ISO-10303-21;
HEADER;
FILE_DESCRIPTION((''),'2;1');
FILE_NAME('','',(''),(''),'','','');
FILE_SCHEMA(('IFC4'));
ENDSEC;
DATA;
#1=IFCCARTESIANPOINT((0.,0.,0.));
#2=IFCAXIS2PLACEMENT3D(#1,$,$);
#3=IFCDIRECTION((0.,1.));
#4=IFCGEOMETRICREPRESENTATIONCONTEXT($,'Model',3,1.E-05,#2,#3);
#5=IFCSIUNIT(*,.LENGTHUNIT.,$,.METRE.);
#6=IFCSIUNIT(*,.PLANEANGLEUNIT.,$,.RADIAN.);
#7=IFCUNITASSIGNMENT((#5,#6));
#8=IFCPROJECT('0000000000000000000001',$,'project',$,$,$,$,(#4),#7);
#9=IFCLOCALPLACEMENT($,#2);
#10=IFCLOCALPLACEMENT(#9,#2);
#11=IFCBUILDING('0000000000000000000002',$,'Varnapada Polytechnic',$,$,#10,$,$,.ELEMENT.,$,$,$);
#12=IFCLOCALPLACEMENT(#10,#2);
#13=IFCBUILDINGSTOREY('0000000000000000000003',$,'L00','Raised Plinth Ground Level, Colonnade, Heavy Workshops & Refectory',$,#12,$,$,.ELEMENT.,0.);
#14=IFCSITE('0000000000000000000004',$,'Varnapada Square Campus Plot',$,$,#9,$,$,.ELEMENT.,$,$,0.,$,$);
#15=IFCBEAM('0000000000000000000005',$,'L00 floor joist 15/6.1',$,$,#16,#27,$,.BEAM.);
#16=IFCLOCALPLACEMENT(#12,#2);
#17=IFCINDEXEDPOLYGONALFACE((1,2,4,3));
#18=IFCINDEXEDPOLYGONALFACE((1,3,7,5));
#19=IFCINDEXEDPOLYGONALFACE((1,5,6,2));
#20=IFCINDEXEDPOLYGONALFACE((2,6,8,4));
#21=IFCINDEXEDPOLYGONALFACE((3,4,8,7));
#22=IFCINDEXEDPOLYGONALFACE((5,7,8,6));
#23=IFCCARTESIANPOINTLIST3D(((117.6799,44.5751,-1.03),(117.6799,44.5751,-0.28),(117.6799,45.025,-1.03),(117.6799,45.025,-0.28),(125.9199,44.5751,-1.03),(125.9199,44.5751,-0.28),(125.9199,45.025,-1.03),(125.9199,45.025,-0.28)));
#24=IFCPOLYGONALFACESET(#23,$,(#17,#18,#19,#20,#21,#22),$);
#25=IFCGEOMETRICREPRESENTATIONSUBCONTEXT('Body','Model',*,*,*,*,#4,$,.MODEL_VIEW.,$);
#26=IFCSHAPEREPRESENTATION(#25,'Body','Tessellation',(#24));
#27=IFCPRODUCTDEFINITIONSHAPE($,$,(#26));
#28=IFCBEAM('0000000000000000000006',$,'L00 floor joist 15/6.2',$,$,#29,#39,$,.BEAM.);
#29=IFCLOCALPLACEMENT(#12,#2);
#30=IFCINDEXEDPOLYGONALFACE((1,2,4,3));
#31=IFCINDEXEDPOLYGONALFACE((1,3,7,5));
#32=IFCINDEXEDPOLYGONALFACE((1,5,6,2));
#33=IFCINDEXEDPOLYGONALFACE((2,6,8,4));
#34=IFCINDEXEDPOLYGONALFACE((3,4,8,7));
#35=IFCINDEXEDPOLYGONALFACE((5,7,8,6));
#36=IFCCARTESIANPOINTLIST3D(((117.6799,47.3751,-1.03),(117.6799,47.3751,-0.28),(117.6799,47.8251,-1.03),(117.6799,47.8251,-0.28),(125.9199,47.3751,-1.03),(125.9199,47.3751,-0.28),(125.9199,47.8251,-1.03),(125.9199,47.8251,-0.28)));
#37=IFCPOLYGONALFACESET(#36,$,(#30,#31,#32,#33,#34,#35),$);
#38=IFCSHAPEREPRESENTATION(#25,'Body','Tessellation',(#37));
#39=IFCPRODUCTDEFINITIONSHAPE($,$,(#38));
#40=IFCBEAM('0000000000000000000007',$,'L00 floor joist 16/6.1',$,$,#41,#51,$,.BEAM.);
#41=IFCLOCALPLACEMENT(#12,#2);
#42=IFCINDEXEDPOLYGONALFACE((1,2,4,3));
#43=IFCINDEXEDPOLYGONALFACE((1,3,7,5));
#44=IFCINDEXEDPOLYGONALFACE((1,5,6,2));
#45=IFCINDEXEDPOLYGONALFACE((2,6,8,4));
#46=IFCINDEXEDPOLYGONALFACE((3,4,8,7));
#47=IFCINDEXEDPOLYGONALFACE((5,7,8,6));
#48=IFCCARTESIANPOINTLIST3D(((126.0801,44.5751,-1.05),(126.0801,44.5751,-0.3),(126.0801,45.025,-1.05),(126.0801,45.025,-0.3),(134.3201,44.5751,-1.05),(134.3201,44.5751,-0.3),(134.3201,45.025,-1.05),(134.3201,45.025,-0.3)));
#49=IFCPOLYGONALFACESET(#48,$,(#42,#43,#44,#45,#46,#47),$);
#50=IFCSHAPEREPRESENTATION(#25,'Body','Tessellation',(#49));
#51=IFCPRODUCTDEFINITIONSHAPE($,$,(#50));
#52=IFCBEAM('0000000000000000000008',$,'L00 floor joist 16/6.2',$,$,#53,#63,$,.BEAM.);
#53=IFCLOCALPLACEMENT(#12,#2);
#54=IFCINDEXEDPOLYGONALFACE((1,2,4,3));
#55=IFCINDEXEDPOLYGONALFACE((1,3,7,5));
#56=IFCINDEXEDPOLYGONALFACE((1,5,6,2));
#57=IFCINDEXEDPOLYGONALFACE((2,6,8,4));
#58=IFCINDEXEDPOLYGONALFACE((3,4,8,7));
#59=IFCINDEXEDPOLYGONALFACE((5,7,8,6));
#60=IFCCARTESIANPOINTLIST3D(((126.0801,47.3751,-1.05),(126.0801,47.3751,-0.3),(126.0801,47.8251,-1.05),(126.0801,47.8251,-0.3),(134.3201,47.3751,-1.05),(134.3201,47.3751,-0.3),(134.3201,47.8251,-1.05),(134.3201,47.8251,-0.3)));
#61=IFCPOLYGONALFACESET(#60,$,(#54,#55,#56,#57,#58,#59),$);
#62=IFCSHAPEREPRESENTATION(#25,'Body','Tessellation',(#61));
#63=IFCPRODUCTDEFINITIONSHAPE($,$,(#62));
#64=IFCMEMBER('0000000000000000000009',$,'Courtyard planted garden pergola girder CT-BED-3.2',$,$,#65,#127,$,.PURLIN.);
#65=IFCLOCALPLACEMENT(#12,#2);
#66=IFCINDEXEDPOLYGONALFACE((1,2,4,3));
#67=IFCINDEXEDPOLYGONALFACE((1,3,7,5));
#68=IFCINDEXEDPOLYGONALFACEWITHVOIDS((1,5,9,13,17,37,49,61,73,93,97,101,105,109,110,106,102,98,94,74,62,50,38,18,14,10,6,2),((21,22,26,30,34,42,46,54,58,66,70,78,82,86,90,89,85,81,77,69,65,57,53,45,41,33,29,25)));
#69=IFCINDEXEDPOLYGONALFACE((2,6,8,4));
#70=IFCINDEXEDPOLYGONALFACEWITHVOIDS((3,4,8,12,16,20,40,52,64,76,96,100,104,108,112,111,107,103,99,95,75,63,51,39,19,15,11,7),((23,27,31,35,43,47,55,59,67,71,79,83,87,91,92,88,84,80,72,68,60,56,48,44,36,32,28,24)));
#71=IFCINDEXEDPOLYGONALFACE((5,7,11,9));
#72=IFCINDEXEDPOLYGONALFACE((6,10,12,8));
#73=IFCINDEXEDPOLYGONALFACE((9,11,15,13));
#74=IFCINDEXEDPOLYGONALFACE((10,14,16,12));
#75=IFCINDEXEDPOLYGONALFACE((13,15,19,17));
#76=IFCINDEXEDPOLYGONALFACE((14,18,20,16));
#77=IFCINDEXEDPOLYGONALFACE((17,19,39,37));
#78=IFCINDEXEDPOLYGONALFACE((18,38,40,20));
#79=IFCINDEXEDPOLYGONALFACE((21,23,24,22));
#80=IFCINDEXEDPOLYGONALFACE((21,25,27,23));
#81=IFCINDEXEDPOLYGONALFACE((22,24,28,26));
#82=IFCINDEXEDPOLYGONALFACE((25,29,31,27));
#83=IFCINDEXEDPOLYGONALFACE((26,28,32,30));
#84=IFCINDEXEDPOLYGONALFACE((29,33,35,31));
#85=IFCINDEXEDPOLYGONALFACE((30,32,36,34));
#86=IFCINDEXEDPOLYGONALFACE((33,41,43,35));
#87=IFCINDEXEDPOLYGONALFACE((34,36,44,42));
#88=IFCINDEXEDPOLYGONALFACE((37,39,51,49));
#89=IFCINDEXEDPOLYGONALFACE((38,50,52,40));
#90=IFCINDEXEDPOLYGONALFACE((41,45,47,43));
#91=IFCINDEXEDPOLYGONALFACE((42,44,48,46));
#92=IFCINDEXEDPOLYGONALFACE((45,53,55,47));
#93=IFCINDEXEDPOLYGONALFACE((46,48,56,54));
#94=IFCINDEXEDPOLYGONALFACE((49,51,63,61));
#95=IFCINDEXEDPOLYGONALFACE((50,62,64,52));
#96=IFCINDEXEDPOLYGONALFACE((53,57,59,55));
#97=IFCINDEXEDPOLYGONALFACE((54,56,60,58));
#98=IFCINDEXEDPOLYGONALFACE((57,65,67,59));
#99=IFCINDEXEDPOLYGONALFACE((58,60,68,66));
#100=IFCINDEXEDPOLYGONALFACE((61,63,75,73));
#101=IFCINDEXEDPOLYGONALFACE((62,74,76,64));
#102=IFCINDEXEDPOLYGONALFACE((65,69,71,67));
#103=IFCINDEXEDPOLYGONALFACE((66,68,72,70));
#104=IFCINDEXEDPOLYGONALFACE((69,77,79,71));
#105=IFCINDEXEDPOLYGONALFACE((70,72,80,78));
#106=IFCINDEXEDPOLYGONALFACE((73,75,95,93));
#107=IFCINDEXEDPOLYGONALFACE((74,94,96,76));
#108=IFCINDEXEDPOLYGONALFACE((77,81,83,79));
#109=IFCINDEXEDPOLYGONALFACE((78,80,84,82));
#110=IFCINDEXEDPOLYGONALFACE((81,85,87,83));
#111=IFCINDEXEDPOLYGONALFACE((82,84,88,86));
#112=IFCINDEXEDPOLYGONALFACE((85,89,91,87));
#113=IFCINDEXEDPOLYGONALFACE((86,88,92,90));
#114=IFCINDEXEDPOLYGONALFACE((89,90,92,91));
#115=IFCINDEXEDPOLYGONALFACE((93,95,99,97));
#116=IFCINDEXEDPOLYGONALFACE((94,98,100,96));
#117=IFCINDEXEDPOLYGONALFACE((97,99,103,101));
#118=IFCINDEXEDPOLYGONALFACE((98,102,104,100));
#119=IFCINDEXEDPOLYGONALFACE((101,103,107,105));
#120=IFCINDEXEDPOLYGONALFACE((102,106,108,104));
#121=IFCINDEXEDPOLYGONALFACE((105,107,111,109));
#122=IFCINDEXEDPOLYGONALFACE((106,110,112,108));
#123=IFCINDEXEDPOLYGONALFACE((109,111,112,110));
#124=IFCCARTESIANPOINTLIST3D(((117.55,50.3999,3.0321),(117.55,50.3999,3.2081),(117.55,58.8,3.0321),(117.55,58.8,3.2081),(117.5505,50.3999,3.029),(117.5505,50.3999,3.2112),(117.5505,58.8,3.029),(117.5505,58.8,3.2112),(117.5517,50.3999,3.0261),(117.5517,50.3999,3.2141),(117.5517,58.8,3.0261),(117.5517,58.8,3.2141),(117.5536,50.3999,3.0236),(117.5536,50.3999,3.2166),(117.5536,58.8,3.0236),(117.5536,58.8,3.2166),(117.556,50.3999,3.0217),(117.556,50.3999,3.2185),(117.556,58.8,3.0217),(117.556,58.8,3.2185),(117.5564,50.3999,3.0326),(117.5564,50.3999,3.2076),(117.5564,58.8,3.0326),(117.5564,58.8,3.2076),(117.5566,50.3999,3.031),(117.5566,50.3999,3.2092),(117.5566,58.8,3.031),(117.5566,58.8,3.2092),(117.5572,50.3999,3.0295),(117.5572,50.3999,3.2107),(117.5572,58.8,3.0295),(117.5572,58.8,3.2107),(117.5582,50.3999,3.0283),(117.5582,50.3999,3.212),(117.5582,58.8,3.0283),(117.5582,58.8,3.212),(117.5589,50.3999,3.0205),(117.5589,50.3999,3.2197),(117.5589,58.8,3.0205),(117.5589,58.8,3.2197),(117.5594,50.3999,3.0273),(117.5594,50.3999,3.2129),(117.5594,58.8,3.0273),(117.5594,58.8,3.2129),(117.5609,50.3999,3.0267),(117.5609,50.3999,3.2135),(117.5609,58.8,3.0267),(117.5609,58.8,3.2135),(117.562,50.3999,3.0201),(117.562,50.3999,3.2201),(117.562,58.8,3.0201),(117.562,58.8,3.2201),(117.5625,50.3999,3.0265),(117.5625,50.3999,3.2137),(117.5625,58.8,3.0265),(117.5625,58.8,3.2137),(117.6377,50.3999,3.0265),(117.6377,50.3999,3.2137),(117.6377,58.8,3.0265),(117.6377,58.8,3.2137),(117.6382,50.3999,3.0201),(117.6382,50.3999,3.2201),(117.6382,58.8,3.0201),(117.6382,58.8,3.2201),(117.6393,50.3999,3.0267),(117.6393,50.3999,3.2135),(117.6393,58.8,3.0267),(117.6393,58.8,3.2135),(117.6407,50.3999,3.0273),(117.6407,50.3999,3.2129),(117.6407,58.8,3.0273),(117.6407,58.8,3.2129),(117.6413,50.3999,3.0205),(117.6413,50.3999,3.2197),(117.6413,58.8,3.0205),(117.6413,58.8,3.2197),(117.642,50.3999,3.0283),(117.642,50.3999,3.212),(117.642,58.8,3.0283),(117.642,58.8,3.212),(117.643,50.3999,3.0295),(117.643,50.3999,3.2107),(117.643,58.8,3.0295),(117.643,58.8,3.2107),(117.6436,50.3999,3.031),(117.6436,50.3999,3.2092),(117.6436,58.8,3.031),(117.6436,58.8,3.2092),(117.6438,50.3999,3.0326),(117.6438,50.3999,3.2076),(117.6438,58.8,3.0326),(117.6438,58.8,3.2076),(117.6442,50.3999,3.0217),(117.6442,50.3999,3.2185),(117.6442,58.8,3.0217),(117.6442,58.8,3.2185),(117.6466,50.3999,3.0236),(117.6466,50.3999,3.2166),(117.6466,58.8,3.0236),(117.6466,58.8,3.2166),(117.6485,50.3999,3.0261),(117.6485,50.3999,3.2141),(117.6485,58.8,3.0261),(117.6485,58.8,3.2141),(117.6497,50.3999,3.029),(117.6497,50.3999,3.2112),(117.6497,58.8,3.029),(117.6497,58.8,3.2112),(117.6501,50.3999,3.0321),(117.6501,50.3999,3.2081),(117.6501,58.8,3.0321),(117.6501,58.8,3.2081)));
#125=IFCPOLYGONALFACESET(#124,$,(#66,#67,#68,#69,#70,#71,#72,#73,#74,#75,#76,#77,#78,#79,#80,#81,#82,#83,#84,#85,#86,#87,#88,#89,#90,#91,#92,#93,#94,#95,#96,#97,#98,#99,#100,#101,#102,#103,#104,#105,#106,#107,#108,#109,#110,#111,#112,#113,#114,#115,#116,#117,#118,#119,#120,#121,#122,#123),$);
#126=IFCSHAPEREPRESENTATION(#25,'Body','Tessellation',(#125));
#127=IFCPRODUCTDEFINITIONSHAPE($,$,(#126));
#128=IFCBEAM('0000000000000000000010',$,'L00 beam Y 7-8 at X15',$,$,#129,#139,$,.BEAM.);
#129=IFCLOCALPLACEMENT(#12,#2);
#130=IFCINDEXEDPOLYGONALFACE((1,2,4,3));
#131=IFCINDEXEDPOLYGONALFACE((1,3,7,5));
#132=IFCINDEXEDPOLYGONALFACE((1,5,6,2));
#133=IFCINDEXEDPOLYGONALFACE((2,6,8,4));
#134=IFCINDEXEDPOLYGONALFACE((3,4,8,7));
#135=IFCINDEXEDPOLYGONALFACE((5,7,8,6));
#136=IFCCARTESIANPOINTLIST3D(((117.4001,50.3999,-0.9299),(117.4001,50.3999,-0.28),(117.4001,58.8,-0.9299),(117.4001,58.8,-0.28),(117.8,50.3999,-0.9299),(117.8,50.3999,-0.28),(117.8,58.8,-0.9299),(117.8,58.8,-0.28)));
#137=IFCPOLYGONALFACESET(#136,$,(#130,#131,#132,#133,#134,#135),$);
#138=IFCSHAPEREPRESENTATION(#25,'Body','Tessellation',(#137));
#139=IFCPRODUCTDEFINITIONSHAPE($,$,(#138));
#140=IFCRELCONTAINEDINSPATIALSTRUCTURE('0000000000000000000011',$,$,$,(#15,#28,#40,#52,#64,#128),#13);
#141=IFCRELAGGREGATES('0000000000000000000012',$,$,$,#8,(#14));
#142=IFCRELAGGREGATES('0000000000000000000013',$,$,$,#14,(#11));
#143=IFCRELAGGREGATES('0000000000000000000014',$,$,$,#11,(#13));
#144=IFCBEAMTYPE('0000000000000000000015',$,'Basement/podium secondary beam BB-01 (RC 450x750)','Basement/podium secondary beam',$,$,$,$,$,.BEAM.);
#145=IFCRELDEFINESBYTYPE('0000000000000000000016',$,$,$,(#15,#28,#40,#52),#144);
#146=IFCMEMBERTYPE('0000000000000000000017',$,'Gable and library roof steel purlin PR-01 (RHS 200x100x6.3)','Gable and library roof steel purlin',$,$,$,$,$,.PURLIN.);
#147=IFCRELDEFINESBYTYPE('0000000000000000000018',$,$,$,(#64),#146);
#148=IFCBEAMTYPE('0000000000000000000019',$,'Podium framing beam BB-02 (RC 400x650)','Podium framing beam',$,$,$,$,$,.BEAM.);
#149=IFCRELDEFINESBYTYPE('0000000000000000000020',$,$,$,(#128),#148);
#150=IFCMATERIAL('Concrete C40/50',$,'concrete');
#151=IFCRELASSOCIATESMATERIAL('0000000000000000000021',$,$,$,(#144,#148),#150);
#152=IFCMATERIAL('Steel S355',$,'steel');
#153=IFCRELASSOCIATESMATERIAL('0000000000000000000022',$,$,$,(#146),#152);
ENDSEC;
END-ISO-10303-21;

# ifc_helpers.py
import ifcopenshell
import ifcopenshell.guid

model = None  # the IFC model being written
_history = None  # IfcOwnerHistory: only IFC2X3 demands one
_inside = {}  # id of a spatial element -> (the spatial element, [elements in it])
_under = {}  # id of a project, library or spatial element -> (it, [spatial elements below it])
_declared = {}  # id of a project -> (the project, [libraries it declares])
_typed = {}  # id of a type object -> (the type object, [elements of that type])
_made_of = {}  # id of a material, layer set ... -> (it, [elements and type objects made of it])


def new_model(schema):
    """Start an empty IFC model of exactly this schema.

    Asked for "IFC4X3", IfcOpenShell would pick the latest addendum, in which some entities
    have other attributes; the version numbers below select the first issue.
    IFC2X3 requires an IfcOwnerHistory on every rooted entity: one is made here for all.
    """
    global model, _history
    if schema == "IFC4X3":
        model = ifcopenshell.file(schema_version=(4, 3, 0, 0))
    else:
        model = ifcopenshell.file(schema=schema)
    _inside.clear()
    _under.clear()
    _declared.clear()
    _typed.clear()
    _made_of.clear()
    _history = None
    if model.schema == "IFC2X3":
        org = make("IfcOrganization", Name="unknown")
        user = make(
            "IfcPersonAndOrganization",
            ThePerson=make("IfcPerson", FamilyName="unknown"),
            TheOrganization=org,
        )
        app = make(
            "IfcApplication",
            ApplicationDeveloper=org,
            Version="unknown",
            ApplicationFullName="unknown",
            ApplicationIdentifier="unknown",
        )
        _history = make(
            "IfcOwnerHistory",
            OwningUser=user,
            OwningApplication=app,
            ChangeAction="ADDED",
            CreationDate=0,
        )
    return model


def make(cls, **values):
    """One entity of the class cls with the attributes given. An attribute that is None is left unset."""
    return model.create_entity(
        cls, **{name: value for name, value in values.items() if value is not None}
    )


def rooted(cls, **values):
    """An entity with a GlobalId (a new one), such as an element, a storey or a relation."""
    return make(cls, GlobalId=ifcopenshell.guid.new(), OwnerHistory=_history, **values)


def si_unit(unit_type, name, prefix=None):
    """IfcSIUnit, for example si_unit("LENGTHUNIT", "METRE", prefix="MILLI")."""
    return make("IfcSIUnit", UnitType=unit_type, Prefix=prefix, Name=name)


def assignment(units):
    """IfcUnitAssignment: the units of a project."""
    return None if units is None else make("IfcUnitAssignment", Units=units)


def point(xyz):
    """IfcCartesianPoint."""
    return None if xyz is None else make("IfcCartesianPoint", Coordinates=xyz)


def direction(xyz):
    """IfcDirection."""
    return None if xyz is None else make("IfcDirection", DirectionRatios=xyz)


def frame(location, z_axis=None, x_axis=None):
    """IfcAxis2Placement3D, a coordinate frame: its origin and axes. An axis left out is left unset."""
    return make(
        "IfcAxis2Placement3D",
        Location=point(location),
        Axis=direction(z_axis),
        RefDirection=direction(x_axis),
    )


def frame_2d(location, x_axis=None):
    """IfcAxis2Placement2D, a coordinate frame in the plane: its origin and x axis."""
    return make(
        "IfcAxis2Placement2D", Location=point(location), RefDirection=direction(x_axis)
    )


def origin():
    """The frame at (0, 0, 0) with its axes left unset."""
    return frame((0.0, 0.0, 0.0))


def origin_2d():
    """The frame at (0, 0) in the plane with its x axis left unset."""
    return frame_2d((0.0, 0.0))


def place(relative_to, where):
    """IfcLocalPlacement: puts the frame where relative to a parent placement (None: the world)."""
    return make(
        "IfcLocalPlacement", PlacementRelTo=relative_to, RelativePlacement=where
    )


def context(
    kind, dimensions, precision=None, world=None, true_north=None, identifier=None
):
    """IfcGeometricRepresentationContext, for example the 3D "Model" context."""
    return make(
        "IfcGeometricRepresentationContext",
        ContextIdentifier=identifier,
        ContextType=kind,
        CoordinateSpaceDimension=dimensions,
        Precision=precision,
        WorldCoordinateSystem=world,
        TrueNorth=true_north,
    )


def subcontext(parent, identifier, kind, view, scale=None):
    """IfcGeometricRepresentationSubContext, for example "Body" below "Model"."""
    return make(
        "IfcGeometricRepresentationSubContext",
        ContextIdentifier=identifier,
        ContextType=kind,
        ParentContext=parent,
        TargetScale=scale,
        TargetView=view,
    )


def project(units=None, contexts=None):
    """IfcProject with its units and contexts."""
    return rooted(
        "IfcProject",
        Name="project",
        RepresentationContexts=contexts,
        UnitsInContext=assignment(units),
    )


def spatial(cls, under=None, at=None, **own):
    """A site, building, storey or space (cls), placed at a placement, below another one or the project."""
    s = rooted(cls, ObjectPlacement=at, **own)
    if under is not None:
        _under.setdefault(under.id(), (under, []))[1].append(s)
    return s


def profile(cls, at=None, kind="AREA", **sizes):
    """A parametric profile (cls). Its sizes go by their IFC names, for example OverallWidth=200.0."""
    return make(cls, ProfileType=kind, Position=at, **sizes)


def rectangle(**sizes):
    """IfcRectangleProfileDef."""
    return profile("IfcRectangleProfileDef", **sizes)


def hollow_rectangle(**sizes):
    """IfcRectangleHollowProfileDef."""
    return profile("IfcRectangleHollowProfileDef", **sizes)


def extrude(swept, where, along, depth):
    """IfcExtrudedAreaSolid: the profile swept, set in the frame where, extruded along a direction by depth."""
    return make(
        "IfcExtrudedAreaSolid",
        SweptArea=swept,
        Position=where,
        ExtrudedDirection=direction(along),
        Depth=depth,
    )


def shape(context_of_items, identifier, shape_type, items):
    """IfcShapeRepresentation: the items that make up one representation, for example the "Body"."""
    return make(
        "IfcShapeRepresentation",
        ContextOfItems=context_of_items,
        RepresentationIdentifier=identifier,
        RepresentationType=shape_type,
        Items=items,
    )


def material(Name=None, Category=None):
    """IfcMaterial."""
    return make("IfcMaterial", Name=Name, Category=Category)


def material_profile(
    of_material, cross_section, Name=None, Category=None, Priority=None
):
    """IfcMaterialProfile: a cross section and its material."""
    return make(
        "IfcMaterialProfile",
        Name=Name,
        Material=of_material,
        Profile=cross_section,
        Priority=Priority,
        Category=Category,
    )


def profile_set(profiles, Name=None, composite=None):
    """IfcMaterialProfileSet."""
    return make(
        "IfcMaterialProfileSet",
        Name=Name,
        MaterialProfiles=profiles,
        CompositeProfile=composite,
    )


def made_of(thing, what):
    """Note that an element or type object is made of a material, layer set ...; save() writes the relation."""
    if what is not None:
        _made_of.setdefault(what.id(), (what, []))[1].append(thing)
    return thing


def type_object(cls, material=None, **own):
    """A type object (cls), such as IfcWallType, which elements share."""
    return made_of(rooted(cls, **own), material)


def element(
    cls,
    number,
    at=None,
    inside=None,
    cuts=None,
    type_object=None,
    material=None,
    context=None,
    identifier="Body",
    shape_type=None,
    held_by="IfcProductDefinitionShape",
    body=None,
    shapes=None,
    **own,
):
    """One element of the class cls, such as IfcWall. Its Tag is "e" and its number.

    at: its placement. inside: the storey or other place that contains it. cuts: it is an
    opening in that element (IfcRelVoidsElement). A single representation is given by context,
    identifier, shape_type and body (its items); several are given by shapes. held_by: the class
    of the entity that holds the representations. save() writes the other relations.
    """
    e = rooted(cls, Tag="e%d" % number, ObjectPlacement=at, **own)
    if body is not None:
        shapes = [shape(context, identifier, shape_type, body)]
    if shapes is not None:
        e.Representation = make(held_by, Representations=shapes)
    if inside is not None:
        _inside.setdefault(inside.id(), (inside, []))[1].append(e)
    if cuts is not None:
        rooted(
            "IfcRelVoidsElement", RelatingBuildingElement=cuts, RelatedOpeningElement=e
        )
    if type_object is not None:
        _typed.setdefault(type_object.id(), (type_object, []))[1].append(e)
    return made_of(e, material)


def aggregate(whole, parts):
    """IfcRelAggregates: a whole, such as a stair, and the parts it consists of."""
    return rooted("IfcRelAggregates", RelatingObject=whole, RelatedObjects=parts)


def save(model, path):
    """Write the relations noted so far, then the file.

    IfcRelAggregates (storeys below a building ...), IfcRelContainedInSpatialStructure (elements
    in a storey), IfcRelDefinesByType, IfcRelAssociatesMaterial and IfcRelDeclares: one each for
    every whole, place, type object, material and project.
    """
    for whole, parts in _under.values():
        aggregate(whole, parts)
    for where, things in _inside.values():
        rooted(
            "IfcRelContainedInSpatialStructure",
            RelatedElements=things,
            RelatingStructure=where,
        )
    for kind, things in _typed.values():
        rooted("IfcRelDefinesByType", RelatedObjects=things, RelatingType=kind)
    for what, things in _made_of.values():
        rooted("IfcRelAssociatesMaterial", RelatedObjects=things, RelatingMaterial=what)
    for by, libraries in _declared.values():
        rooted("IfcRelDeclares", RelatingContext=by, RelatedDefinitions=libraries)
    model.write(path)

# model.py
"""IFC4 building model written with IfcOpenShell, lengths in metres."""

from ifc_helpers import new_model, si_unit, direction, frame, origin, origin_2d, place, context, subcontext, project, spatial, rectangle, hollow_rectangle, extrude, material, material_profile, profile_set, type_object, element, save


model = new_model("IFC4")

# Units and contexts
model_context = context("Model", 3, precision=1e-05, world=origin(), true_north=direction((0.0, 1.0)))
body_context = subcontext(model_context, "Body", "Model", "MODEL_VIEW")
ifc_project = project(units=[si_unit("LENGTHUNIT", "METRE"), si_unit("PLANEANGLEUNIT", "RADIAN")], contexts=[model_context])

# Site, building, storey
site_placement = place(None, origin())
site = spatial("IfcSite", under=ifc_project, at=site_placement, Name="Varnapada Square Campus Plot", CompositionType="ELEMENT", RefElevation=0.0)
building_placement = place(site_placement, origin())
building = spatial("IfcBuilding", under=site, at=building_placement, Name="Varnapada Polytechnic", CompositionType="ELEMENT")
storey_placement = place(building_placement, origin())
storey = spatial("IfcBuildingStorey", under=building, at=storey_placement, Name="L00", Description="Raised Plinth Ground Level, Colonnade, Heavy Workshops & Refectory", CompositionType="ELEMENT", Elevation=0.0)

# Beams
ifc_material_1 = material(Name="Concrete C40/50", Category="concrete")
ifc_material_profile_1 = material_profile(ifc_material_1, rectangle(XDim=0.45, YDim=0.75, at=origin_2d()), Name="RC 450x750")
ifc_profile_set_1 = profile_set([ifc_material_profile_1], Name="Concrete C40/50")
beam_type_1 = type_object("IfcBeamType", Name="Basement/podium secondary beam BB-01 (RC 450x750)", Description="Basement/podium secondary beam", PredefinedType="BEAM", material=ifc_profile_set_1)
for number, where, z_axis, x_axis, name in (
    (1, (117.6799, 44.8, -0.655), (1.0, 0.0, 0.0), (0.0, 1.0, 0.0), "L00 floor joist 15/6.1"),
    (2, (117.6799, 47.6001, -0.655), (1.0, 0.0, 0.0), (0.0, 1.0, 0.0), "L00 floor joist 15/6.2"),
    (3, (126.0801, 44.8, -0.675), (1.0, 0.0, 0.0), (0.0, 1.0, 0.0), "L00 floor joist 16/6.1"),
    (4, (126.0801, 47.6001, -0.675), (1.0, 0.0, 0.0), (0.0, 1.0, 0.0), "L00 floor joist 16/6.2"),
):
    element("IfcBeam", number, at=place(storey_placement, frame(where, z_axis=z_axis, x_axis=x_axis)), inside=storey, type_object=beam_type_1, Name=name, PredefinedType="BEAM", context=body_context, shape_type="SweptSolid", body=[
        extrude(rectangle(XDim=0.45, YDim=0.75, at=origin_2d()), origin(), (0.0, 0.0, 1.0), 8.24),
    ])

# Member
ifc_material_2 = material(Name="Steel S355", Category="steel")
ifc_material_profile_2 = material_profile(ifc_material_2, hollow_rectangle(XDim=0.1001, YDim=0.2, WallThickness=0.0063, InnerFilletRadius=0.0061, OuterFilletRadius=0.012, at=origin_2d()), Name="RHS 200x100x6.3")
ifc_profile_set_2 = profile_set([ifc_material_profile_2], Name="Steel S355")
member_type_1 = type_object("IfcMemberType", Name="Gable and library roof steel purlin PR-01 (RHS 200x100x6.3)", Description="Gable and library roof steel purlin", PredefinedType="PURLIN", material=ifc_profile_set_2)
member_1_placement = place(storey_placement, frame((117.6001, 50.3999, 3.1201), z_axis=(0.0, 1.0, 0.0), x_axis=(-1.0, 0.0, 0.0)))
element("IfcMember", 5, at=member_1_placement, inside=storey, type_object=member_type_1, Name="Courtyard planted garden pergola girder CT-BED-3.2", PredefinedType="PURLIN", context=body_context, shape_type="SweptSolid", body=[
    extrude(hollow_rectangle(XDim=0.1001, YDim=0.2, WallThickness=0.0063, InnerFilletRadius=0.0061, OuterFilletRadius=0.012, at=origin_2d()), origin(), (0.0, 0.0, 1.0), 8.4001),
])

# Beam
ifc_material_profile_3 = material_profile(ifc_material_1, rectangle(XDim=0.3999, YDim=0.6499, at=origin_2d()), Name="RC 400x650")
ifc_profile_set_3 = profile_set([ifc_material_profile_3], Name="Concrete C40/50")
beam_type_2 = type_object("IfcBeamType", Name="Podium framing beam BB-02 (RC 400x650)", Description="Podium framing beam", PredefinedType="BEAM", material=ifc_profile_set_3)
beam_1_placement = place(storey_placement, frame((117.6001, 50.3999, -0.605), z_axis=(0.0, 1.0, 0.0), x_axis=(-1.0, 0.0, 0.0)))
element("IfcBeam", 6, at=beam_1_placement, inside=storey, type_object=beam_type_2, Name="L00 beam Y 7-8 at X15", PredefinedType="BEAM", context=body_context, shape_type="SweptSolid", body=[
    extrude(rectangle(XDim=0.3999, YDim=0.6499, at=origin_2d()), origin(), (0.0, 0.0, 1.0), 8.4001),
])

save(model, "model.ifc")
